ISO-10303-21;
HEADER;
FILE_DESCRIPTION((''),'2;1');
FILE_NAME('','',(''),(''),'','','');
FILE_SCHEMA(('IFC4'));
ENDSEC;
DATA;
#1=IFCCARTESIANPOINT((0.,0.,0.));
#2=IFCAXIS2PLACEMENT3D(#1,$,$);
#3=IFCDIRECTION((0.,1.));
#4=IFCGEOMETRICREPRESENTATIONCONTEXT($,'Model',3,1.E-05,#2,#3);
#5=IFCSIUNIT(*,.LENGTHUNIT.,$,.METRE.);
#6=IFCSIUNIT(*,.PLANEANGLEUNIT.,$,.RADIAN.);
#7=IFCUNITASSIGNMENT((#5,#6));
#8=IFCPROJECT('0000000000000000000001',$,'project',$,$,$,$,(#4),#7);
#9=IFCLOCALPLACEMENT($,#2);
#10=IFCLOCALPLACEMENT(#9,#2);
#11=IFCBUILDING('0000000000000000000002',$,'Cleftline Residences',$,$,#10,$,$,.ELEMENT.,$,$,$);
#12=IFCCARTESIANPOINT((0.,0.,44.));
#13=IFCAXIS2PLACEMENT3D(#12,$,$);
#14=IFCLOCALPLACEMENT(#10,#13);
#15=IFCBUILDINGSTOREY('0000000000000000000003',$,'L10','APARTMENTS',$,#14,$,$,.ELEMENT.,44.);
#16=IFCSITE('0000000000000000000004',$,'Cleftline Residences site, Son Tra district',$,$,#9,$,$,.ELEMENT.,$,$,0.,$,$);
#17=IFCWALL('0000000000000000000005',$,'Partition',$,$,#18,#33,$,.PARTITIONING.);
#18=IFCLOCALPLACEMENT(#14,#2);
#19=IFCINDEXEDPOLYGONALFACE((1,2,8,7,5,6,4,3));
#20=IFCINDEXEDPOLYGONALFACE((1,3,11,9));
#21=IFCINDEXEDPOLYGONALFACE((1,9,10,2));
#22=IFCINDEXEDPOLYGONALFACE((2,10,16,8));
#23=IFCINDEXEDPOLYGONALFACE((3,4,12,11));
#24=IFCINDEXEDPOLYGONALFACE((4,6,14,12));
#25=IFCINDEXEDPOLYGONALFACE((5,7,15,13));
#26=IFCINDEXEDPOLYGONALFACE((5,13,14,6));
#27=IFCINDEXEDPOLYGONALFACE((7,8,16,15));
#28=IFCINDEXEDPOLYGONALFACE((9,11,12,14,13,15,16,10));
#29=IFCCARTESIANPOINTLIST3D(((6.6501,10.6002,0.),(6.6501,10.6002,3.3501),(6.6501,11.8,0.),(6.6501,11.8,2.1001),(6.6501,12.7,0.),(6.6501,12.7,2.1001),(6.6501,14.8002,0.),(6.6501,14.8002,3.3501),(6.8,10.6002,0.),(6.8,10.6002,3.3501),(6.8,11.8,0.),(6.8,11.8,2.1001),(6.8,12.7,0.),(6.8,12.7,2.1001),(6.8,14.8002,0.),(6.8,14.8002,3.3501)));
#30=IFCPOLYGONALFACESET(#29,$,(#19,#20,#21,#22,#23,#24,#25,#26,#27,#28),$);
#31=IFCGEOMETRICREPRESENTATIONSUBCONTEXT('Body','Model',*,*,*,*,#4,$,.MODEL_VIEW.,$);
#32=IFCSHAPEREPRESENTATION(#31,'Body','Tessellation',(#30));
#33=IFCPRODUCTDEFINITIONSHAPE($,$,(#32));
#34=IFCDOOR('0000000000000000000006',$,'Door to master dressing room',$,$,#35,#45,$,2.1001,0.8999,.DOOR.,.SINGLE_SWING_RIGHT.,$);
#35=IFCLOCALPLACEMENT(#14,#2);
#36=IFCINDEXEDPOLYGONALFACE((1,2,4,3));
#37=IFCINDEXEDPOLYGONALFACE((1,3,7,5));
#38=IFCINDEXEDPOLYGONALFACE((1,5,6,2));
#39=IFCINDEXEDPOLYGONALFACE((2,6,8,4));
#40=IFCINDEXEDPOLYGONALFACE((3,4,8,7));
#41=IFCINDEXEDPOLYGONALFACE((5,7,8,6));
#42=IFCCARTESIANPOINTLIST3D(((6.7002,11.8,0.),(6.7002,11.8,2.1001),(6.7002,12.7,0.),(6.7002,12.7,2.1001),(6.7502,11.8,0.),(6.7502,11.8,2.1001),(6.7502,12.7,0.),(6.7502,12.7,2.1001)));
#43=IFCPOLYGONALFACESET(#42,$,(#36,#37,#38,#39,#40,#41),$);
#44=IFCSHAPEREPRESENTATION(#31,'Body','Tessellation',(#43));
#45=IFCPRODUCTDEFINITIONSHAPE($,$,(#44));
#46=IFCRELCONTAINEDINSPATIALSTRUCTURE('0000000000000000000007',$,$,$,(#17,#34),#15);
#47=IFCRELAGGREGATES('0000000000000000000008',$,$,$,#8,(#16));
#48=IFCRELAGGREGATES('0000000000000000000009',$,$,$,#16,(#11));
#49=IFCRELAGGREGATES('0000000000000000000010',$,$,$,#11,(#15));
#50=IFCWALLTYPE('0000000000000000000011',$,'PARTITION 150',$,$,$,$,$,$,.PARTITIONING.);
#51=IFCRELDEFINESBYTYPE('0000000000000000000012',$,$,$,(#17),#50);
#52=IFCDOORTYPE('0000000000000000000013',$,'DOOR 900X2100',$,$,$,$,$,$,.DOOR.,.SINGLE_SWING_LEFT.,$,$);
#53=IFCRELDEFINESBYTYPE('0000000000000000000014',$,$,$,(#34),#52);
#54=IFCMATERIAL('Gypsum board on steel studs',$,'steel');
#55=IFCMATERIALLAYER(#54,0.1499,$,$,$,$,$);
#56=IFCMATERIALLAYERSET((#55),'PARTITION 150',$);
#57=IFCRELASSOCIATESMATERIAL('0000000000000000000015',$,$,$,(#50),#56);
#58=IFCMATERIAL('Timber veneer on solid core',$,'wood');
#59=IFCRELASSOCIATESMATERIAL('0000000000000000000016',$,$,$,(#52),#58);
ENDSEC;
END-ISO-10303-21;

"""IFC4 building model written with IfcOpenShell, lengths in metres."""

from ifc_helpers import new_model, si_unit, direction, frame, frame_2d, origin, place, context, subcontext, project, spatial, rectangle, extrude, material, layer, layer_set, type_object, element, fill, save


model = new_model("IFC4")

# Units and contexts
model_context = context("Model", 3, precision=1e-05, world=origin(), true_north=direction((0.0, 1.0)))
body_context = subcontext(model_context, "Body", "Model", "MODEL_VIEW")
ifc_project = project(units=[si_unit("LENGTHUNIT", "METRE"), si_unit("PLANEANGLEUNIT", "RADIAN")], contexts=[model_context])

# Site, building, storey
site_placement = place(None, origin())
site = spatial("IfcSite", under=ifc_project, at=site_placement, Name="Cleftline Residences site, Son Tra district", CompositionType="ELEMENT", RefElevation=0.0)
building_placement = place(site_placement, origin())
building = spatial("IfcBuilding", under=site, at=building_placement, Name="Cleftline Residences", CompositionType="ELEMENT")
storey_placement = place(building_placement, frame((0.0, 0.0, 44.0)))
storey = spatial("IfcBuildingStorey", under=building, at=storey_placement, Name="L10", Description="APARTMENTS", CompositionType="ELEMENT", Elevation=44.0)

# Shared definitions
ifc_material_1 = material(Name="Gypsum board on steel studs", Category="steel")
ifc_layer = layer(ifc_material_1, 0.1499)
ifc_layer_set = layer_set([ifc_layer], Name="PARTITION 150")
wall_type = type_object("IfcWallType", Name="PARTITION 150", PredefinedType="PARTITIONING", material=ifc_layer_set)

# Wall, opening, door
ifc_material_2 = material(Name="Timber veneer on solid core", Category="wood")
door_type_1 = type_object("IfcDoorType", Name="DOOR 900X2100", OperationType="SINGLE_SWING_LEFT", PredefinedType="DOOR", material=ifc_material_2)
wall_1_placement = place(storey_placement, frame((6.7251, 10.6001, 0.0), z_axis=(0.0, 0.0, 1.0), x_axis=(0.0, 1.0, 0.0)))
wall_1 = element("IfcWall", 1, at=wall_1_placement, inside=storey, type_object=wall_type, Name="Partition", PredefinedType="PARTITIONING", context=body_context, shape_type="SweptSolid", body=[
    extrude(rectangle(XDim=4.2, YDim=0.1499, at=frame_2d((2.1001, 0.0))), origin(), (0.0, 0.0, 1.0), 3.3501),
])
opening_1_placement = place(wall_1_placement, frame((1.2, 0.0, 0.0)))
opening_1 = element("IfcOpeningElement", 2, at=opening_1_placement, cuts=wall_1, PredefinedType="OPENING", context=body_context, shape_type="SweptSolid", body=[
    extrude(rectangle(XDim=0.8999, YDim=2.1001, at=frame_2d((0.45, 1.05))), frame((0.0, 0.085, 0.0), z_axis=(0.0, -1.0, 0.0), x_axis=(1.0, 0.0, 0.0)), (0.0, 0.0, 1.0), 0.1699),
])
door_1_placement = place(opening_1_placement, origin())
door_1 = element("IfcDoor", 3, at=door_1_placement, inside=storey, type_object=door_type_1, Name="Door to master dressing room", OperationType="SINGLE_SWING_RIGHT", OverallHeight=2.1001, OverallWidth=0.8999, PredefinedType="DOOR", context=body_context, shape_type="SweptSolid", body=[
    extrude(rectangle(XDim=0.8999, YDim=2.1001, at=frame_2d((0.45, 1.05))), frame((0.0, 0.0249, 0.0), z_axis=(0.0, -1.0, 0.0), x_axis=(1.0, 0.0, 0.0)), (0.0, 0.0, 1.0), 0.05),
])
fill(opening_1, door_1)

save(model, "model.ifc")
